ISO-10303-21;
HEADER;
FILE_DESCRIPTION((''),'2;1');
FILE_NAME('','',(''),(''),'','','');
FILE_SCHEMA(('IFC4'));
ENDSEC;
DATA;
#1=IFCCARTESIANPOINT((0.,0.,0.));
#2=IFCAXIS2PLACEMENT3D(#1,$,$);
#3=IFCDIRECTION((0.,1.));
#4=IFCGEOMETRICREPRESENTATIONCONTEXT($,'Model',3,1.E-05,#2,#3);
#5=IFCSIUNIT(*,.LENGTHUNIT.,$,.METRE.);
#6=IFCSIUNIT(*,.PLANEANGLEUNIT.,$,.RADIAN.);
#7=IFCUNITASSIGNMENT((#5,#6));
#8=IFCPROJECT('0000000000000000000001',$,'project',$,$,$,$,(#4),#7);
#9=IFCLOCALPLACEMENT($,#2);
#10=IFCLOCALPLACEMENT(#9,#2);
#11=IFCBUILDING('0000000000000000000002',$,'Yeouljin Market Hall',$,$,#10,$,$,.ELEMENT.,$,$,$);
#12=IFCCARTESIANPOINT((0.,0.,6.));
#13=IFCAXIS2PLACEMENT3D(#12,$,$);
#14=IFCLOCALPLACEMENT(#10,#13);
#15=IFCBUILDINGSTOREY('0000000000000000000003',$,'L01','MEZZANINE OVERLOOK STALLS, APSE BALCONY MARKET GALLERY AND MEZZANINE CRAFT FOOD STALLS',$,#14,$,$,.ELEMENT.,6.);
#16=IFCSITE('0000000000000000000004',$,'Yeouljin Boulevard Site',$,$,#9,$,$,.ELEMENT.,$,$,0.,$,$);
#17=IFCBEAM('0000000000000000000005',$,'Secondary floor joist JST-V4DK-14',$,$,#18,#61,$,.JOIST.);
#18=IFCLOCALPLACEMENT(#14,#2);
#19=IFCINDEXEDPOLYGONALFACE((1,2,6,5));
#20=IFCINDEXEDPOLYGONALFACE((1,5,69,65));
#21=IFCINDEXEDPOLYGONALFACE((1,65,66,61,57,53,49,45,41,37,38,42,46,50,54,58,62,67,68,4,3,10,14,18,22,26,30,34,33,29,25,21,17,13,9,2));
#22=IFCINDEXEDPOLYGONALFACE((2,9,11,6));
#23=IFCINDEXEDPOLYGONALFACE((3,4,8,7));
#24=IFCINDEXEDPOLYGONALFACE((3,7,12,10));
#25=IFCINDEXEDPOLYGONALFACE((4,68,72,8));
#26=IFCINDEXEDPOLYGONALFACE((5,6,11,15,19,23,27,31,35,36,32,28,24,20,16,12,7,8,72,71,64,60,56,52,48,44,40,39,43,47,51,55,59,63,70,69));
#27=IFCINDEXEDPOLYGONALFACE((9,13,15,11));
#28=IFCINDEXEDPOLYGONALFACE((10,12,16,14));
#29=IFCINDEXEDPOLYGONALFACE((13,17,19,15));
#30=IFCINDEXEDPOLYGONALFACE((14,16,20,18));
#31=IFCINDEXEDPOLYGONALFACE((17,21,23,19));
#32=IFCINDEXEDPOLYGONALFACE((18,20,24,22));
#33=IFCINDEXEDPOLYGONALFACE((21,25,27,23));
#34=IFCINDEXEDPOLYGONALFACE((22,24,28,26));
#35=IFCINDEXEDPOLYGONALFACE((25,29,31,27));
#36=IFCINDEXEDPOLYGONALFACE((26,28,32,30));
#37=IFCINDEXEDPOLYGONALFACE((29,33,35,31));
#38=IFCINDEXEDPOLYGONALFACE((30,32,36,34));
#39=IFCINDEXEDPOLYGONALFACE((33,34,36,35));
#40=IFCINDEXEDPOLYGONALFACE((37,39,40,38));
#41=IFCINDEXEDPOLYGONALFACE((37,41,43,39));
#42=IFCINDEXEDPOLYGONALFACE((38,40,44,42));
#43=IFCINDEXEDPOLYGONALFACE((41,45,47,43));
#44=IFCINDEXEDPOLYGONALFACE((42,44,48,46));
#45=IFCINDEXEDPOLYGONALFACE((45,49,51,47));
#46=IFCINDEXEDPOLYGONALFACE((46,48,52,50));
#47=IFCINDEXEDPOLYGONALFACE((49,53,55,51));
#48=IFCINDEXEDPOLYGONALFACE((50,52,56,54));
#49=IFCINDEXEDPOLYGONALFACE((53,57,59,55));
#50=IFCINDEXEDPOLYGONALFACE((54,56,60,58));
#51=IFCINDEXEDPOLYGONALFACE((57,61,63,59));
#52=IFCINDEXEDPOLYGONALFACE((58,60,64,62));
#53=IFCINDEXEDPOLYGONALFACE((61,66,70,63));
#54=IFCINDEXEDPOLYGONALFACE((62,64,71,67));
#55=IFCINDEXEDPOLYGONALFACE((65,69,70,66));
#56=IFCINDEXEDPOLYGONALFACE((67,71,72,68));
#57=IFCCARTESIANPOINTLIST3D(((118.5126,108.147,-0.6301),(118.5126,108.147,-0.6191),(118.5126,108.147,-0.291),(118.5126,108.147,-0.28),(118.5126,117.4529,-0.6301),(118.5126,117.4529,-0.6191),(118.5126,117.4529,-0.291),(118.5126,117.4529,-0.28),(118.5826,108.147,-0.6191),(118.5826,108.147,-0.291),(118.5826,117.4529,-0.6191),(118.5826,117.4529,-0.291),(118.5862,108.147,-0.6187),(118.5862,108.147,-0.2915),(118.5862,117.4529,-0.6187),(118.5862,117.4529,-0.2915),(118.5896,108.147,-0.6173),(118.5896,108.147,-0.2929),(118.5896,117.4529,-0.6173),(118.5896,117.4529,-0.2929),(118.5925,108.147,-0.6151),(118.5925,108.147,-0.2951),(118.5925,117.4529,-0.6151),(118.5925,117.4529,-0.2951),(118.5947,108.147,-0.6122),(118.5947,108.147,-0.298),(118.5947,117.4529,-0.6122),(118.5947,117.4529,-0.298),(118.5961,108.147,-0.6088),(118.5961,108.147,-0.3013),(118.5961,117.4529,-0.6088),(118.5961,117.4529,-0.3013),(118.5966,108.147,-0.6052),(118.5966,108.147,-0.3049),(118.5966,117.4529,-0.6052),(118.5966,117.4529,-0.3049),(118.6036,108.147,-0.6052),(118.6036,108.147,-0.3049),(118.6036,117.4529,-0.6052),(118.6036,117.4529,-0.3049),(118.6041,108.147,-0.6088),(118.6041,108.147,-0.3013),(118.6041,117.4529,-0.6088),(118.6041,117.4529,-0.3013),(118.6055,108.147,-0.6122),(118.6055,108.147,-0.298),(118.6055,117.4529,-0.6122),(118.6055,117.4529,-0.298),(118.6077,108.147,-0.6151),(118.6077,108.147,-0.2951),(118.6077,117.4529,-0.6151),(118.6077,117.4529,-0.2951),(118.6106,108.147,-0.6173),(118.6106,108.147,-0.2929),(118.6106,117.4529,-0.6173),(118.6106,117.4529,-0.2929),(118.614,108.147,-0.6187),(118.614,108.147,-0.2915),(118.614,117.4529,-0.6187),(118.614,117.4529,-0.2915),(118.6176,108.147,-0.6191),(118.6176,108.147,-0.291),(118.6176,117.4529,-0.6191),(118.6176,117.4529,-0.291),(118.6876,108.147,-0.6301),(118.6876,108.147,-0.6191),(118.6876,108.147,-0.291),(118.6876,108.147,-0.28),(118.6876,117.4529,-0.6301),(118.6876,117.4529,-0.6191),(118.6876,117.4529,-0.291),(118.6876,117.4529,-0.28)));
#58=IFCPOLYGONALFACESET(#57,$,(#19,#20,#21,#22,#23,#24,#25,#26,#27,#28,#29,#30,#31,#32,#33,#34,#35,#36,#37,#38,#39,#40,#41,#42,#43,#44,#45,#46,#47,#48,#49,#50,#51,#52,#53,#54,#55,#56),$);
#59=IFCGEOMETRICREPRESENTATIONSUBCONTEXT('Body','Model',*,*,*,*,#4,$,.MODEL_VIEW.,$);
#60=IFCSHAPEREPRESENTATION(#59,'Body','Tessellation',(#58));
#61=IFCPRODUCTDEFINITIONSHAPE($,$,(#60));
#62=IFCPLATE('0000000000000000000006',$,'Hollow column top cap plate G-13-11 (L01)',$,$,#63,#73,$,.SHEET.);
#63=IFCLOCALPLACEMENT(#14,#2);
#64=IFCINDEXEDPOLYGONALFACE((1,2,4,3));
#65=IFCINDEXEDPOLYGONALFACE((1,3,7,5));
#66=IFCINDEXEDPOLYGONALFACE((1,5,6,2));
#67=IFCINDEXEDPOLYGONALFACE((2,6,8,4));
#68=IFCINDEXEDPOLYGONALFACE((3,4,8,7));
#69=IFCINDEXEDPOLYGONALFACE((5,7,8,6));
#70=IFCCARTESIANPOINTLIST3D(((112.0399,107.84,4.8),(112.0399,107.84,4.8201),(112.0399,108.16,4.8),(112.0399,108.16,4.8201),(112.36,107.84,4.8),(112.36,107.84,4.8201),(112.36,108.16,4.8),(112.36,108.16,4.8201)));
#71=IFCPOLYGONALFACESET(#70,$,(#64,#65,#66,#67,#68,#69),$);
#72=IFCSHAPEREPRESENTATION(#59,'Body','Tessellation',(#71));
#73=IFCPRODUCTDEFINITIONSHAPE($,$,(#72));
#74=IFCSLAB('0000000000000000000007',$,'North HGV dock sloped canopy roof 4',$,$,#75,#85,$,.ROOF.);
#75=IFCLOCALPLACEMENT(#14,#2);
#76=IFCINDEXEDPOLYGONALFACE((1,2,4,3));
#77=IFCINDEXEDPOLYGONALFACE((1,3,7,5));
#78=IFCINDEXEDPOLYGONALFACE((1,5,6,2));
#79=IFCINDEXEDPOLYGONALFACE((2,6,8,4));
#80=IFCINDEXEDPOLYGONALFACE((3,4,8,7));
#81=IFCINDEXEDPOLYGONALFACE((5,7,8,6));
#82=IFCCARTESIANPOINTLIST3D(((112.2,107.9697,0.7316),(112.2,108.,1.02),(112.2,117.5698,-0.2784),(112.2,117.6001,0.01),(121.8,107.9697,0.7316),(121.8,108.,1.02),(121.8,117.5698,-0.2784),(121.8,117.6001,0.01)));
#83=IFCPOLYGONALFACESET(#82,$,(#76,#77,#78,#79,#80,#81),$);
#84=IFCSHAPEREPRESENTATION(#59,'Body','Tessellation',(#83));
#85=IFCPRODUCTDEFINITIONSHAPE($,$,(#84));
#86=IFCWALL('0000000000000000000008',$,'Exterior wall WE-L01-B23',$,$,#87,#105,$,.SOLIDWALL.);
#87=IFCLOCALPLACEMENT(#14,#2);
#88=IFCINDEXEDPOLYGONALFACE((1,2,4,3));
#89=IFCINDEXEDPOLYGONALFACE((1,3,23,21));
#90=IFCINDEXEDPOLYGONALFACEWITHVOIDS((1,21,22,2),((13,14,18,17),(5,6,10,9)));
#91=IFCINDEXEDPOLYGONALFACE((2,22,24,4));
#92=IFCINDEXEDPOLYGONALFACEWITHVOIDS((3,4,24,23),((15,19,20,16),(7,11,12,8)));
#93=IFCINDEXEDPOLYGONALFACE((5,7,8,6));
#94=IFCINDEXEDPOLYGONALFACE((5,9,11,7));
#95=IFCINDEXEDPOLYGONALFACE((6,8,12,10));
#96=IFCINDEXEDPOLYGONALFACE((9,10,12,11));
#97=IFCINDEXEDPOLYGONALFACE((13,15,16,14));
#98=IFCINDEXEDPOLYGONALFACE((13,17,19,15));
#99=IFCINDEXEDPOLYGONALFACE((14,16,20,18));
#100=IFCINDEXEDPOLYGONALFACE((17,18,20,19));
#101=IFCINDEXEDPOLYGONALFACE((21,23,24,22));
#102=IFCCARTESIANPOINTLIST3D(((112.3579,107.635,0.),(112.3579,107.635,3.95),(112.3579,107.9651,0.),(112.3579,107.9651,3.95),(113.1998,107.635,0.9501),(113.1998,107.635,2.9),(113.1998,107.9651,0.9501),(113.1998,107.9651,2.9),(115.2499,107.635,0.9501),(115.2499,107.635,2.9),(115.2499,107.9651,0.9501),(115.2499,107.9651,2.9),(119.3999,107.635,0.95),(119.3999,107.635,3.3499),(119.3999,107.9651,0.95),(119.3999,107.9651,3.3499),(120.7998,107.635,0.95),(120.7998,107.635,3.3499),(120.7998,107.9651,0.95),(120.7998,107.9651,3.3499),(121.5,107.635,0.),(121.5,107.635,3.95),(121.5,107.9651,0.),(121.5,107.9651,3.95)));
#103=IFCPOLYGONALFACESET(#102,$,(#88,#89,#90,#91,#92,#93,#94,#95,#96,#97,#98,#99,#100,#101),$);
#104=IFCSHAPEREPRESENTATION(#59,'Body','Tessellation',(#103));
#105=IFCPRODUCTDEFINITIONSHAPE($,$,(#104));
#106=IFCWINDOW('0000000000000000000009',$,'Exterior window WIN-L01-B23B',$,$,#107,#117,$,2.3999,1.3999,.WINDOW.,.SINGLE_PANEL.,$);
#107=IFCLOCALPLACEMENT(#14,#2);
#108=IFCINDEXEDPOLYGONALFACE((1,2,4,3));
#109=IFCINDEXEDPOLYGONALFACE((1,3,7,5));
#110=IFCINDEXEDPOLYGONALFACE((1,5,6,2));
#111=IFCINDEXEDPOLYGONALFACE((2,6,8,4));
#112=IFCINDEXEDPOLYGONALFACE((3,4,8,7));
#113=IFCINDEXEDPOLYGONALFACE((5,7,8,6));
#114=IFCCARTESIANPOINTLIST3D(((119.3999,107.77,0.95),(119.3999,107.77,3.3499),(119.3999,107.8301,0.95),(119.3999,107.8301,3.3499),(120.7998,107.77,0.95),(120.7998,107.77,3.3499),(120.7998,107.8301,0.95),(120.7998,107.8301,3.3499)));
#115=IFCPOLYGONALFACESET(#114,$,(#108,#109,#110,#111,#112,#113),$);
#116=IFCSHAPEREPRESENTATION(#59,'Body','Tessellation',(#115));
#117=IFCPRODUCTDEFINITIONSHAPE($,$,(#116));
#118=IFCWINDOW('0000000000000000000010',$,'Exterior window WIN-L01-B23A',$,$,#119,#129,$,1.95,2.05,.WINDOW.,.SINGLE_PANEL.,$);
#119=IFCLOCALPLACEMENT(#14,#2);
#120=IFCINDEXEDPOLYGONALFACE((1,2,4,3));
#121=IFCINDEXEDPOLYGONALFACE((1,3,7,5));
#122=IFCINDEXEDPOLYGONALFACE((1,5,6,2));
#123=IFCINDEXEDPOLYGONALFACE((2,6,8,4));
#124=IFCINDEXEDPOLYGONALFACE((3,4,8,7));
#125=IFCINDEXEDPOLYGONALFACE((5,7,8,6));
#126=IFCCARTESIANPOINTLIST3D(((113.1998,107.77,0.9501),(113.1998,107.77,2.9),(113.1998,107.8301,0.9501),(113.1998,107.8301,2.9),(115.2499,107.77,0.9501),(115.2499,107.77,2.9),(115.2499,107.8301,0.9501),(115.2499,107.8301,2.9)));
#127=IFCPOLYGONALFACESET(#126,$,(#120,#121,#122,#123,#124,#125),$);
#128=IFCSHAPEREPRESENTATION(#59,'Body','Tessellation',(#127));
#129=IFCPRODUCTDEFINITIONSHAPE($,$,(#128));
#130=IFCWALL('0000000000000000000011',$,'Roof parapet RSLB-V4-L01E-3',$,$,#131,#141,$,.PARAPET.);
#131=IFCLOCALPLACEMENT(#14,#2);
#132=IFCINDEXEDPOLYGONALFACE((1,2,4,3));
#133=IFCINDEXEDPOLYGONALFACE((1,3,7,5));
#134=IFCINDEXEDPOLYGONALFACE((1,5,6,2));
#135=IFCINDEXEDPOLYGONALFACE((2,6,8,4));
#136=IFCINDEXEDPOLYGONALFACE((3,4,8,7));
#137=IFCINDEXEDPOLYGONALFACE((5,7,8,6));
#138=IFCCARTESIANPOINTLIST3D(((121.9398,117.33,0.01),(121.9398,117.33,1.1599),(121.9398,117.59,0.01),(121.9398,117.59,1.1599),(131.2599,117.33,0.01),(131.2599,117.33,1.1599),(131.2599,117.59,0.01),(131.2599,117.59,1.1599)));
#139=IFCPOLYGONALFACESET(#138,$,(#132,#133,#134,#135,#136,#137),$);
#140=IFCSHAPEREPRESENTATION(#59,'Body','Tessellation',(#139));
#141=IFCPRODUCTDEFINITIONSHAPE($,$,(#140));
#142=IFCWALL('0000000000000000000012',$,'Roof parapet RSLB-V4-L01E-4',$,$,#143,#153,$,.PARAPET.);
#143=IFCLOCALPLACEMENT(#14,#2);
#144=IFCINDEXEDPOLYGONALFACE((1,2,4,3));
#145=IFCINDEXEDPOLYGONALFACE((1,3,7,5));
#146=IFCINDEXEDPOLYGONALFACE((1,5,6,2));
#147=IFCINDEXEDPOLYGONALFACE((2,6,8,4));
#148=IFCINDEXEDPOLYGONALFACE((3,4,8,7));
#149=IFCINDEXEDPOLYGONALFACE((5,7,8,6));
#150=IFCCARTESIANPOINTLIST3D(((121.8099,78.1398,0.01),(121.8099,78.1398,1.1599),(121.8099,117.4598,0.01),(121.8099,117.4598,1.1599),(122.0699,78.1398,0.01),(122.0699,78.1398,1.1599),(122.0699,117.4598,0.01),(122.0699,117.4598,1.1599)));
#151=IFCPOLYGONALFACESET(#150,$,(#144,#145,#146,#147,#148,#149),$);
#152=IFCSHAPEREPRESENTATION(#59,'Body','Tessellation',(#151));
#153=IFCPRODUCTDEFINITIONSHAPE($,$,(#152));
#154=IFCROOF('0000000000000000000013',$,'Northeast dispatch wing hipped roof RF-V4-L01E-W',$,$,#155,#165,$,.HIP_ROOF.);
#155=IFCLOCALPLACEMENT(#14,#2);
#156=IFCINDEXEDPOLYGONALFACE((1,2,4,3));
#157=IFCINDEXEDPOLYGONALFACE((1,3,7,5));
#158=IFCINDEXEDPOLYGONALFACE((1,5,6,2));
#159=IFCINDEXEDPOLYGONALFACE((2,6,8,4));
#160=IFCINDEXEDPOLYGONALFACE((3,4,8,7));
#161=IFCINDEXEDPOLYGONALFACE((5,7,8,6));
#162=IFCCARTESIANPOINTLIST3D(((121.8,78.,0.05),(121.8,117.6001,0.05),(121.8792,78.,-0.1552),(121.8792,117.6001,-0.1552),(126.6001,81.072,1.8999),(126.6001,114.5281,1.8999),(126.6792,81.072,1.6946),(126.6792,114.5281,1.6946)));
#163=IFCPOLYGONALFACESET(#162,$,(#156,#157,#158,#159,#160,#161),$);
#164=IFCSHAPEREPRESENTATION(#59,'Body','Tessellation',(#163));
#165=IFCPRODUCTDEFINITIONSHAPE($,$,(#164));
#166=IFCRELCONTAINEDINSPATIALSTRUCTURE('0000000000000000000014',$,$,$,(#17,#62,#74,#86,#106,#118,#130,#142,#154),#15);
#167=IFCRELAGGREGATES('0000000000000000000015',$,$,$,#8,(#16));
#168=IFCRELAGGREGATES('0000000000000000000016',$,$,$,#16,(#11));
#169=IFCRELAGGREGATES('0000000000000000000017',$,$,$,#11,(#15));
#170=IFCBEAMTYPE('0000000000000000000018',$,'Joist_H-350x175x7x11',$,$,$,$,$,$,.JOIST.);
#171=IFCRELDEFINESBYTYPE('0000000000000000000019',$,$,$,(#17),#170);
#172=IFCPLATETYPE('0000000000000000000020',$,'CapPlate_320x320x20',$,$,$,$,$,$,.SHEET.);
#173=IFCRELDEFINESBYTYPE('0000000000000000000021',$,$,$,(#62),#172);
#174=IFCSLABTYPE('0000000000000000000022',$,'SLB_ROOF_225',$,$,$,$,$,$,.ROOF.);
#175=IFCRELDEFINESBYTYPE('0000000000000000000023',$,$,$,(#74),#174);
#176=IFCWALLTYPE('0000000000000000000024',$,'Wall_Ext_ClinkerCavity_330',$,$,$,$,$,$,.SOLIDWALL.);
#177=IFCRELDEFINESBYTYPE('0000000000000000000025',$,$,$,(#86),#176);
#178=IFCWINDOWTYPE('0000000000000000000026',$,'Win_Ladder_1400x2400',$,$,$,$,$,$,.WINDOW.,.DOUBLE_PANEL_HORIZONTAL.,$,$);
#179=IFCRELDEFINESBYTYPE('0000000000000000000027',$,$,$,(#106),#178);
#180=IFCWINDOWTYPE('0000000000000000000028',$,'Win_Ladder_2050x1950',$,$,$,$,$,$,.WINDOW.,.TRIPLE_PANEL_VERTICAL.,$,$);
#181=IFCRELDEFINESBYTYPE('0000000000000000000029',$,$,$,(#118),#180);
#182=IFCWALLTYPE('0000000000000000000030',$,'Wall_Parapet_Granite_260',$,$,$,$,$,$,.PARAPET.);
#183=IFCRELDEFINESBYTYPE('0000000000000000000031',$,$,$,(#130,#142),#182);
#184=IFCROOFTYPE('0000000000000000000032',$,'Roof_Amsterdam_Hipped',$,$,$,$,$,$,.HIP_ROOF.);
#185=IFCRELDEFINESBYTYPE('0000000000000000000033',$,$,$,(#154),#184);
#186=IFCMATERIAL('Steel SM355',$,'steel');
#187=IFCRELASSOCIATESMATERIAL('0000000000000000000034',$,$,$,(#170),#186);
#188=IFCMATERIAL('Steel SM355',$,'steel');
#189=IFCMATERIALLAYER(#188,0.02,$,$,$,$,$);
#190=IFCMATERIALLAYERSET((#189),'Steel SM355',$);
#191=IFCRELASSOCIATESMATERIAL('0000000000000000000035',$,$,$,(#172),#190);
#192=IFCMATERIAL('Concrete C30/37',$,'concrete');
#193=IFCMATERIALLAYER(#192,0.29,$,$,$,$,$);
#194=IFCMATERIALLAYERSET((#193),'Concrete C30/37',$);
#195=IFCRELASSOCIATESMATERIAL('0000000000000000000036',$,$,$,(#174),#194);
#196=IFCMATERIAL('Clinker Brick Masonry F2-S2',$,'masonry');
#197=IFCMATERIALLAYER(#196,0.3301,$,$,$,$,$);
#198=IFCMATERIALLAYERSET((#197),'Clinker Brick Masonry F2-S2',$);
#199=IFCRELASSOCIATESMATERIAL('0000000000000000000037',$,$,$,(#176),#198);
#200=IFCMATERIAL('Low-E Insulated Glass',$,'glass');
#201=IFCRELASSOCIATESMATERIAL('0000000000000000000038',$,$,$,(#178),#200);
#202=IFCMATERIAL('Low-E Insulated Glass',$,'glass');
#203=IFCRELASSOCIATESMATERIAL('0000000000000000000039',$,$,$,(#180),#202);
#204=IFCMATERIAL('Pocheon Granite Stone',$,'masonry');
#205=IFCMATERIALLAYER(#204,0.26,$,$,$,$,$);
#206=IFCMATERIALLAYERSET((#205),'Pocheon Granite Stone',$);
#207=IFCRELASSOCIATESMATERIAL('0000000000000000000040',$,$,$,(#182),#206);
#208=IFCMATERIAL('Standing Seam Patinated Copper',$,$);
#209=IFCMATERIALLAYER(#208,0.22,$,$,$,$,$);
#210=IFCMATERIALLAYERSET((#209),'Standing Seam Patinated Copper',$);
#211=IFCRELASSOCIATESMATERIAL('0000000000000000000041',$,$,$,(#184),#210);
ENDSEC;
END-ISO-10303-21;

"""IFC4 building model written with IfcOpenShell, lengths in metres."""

from ifc_helpers import new_model, si_unit, direction, frame, frame_2d, origin, origin_2d, place, context, subcontext, project, spatial, polyline, rectangle, i_section, outline, extrude, material, layer, layer_set, material_profile, profile_set, type_object, element, fill, save


model = new_model("IFC4")

# Units and contexts
model_context = context("Model", 3, precision=1e-05, world=origin(), true_north=direction((0.0, 1.0)))
body_context = subcontext(model_context, "Body", "Model", "MODEL_VIEW")
ifc_project = project(units=[si_unit("LENGTHUNIT", "METRE"), si_unit("PLANEANGLEUNIT", "RADIAN")], contexts=[model_context])

# Site, building, storey
site_placement = place(None, origin())
site = spatial("IfcSite", under=ifc_project, at=site_placement, Name="Yeouljin Boulevard Site", CompositionType="ELEMENT", RefElevation=0.0)
building_placement = place(site_placement, origin())
building = spatial("IfcBuilding", under=site, at=building_placement, Name="Yeouljin Market Hall", CompositionType="ELEMENT")
storey_placement = place(building_placement, frame((0.0, 0.0, 6.0)))
storey = spatial("IfcBuildingStorey", under=building, at=storey_placement, Name="L01", Description="MEZZANINE OVERLOOK STALLS, APSE BALCONY MARKET GALLERY AND MEZZANINE CRAFT FOOD STALLS", CompositionType="ELEMENT", Elevation=6.0)

# Beam
ifc_material_1 = material(Name="Steel SM355", Category="steel")
ifc_material_profile_1 = material_profile(ifc_material_1, i_section(OverallWidth=0.175, OverallDepth=0.3501, WebThickness=0.0071, FlangeThickness=0.011, FilletRadius=0.0139, at=origin_2d()), Name="H-350x175x7x11")
ifc_profile_set_1 = profile_set([ifc_material_profile_1], Name="Steel SM355")
beam_type_1 = type_object("IfcBeamType", Name="Joist_H-350x175x7x11", PredefinedType="JOIST", material=ifc_profile_set_1)
for number, where, z_axis, x_axis, name in (
    (1, (118.6001, 108.147, -0.4551), (0.0, 1.0, 0.0), (-1.0, 0.0, 0.0), "Secondary floor joist JST-V4DK-14"),
):
    element("IfcBeam", number, at=place(storey_placement, frame(where, z_axis=z_axis, x_axis=x_axis)), inside=storey, type_object=beam_type_1, Name=name, PredefinedType="JOIST", context=body_context, shape_type="SweptSolid", body=[
        extrude(i_section(OverallWidth=0.175, OverallDepth=0.3501, WebThickness=0.0071, FlangeThickness=0.011, FilletRadius=0.0139, at=origin_2d()), origin(), (0.0, 0.0, 1.0), 9.3059),
    ])

# Plate
ifc_material_2 = material(Name="Steel SM355", Category="steel")
ifc_layer_1 = layer(ifc_material_2, 0.02)
ifc_layer_set_1 = layer_set([ifc_layer_1], Name="Steel SM355")
plate_type = type_object("IfcPlateType", Name="CapPlate_320x320x20", PredefinedType="SHEET", material=ifc_layer_set_1)
plate_placement = place(storey_placement, frame((112.2, 108.0, 4.8), z_axis=(0.0, 0.0, 1.0), x_axis=(1.0, 0.0, 0.0)))
element("IfcPlate", 2, at=plate_placement, inside=storey, type_object=plate_type, Name="Hollow column top cap plate G-13-11 (L01)", PredefinedType="SHEET", context=body_context, shape_type="SweptSolid", body=[
    extrude(rectangle(XDim=0.3201, YDim=0.3201, at=origin_2d()), origin(), (0.0, 0.0, 1.0), 0.02),
])

# Slab
ifc_material_3 = material(Name="Concrete C30/37", Category="concrete")
ifc_layer_2 = layer(ifc_material_3, 0.29)
ifc_layer_set_2 = layer_set([ifc_layer_2], Name="Concrete C30/37")
slab_type = type_object("IfcSlabType", Name="SLB_ROOF_225", PredefinedType="ROOF", material=ifc_layer_set_2)
slab_placement = place(storey_placement, frame((112.2, 108.0, 1.02), z_axis=(0.0, 0.104631, 0.994511), x_axis=(0.0, 0.994511, -0.104631)))
element("IfcSlab", 3, at=slab_placement, inside=storey, type_object=slab_type, Name="North HGV dock sloped canopy roof 4", PredefinedType="ROOF", context=body_context, shape_type="SweptSolid", body=[
    extrude(outline(polyline([(0.0, 0.0), (9.6531, 0.0), (9.6531, -9.6001), (0.0, -9.6001), (0.0, 0.0)])), origin(), (0.0, 0.0, -1.0), 0.29),
])

# Wall, openings, windows
ifc_material_4 = material(Name="Clinker Brick Masonry F2-S2", Category="masonry")
ifc_layer_3 = layer(ifc_material_4, 0.3301)
ifc_layer_set_3 = layer_set([ifc_layer_3], Name="Clinker Brick Masonry F2-S2")
wall_type_1 = type_object("IfcWallType", Name="Wall_Ext_ClinkerCavity_330", PredefinedType="SOLIDWALL", material=ifc_layer_set_3)
wall_1_placement = place(storey_placement, frame((112.3579, 107.8, 0.0), z_axis=(0.0, 0.0, 1.0), x_axis=(1.0, 0.0, 0.0)))
wall_1 = element("IfcWall", 4, at=wall_1_placement, inside=storey, type_object=wall_type_1, Name="Exterior wall WE-L01-B23", PredefinedType="SOLIDWALL", context=body_context, shape_type="SweptSolid", body=[
    extrude(rectangle(XDim=9.1421, YDim=0.3301, at=frame_2d((4.571, 0.0))), origin(), (0.0, 0.0, 1.0), 3.95),
])
opening_1_placement = place(wall_1_placement, frame((0.842, 0.0, 0.95)))
opening_1 = element("IfcOpeningElement", 5, at=opening_1_placement, cuts=wall_1, PredefinedType="OPENING", context=body_context, shape_type="SweptSolid", body=[
    extrude(rectangle(XDim=2.05, YDim=1.95, at=frame_2d((1.0249, 0.9751))), frame((0.0, 0.175, 0.0), z_axis=(0.0, -1.0, 0.0), x_axis=(1.0, 0.0, 0.0)), (0.0, 0.0, 1.0), 0.3501),
])
opening_2_placement = place(wall_1_placement, frame((7.042, 0.0, 0.95)))
opening_2 = element("IfcOpeningElement", 6, at=opening_2_placement, cuts=wall_1, PredefinedType="OPENING", context=body_context, shape_type="SweptSolid", body=[
    extrude(rectangle(XDim=1.3999, YDim=2.3999, at=frame_2d((0.7, 1.2))), frame((0.0, 0.175, 0.0), z_axis=(0.0, -1.0, 0.0), x_axis=(1.0, 0.0, 0.0)), (0.0, 0.0, 1.0), 0.3501),
])
ifc_material_5 = material(Name="Low-E Insulated Glass", Category="glass")
window_type_1 = type_object("IfcWindowType", Name="Win_Ladder_1400x2400", PartitioningType="DOUBLE_PANEL_HORIZONTAL", PredefinedType="WINDOW", material=ifc_material_5)
window_1_placement = place(opening_2_placement, origin())
window_1 = element("IfcWindow", 7, at=window_1_placement, inside=storey, type_object=window_type_1, Name="Exterior window WIN-L01-B23B", OverallHeight=2.3999, OverallWidth=1.3999, PartitioningType="SINGLE_PANEL", PredefinedType="WINDOW", context=body_context, shape_type="SweptSolid", body=[
    extrude(rectangle(XDim=1.3999, YDim=2.3999, at=frame_2d((0.7, 1.2))), frame((0.0, 0.03, 0.0), z_axis=(0.0, -1.0, 0.0), x_axis=(1.0, 0.0, 0.0)), (0.0, 0.0, 1.0), 0.0601),
])
fill(opening_2, window_1)
ifc_material_6 = material(Name="Low-E Insulated Glass", Category="glass")
window_type_2 = type_object("IfcWindowType", Name="Win_Ladder_2050x1950", PartitioningType="TRIPLE_PANEL_VERTICAL", PredefinedType="WINDOW", material=ifc_material_6)
window_2_placement = place(opening_1_placement, origin())
window_2 = element("IfcWindow", 8, at=window_2_placement, inside=storey, type_object=window_type_2, Name="Exterior window WIN-L01-B23A", OverallHeight=1.95, OverallWidth=2.05, PartitioningType="SINGLE_PANEL", PredefinedType="WINDOW", context=body_context, shape_type="SweptSolid", body=[
    extrude(rectangle(XDim=2.05, YDim=1.95, at=frame_2d((1.0249, 0.9751))), frame((0.0, 0.03, 0.0), z_axis=(0.0, -1.0, 0.0), x_axis=(1.0, 0.0, 0.0)), (0.0, 0.0, 1.0), 0.0601),
])
fill(opening_1, window_2)

# Walls
ifc_material_7 = material(Name="Pocheon Granite Stone", Category="masonry")
ifc_layer_4 = layer(ifc_material_7, 0.26)
ifc_layer_set_4 = layer_set([ifc_layer_4], Name="Pocheon Granite Stone")
wall_type_2 = type_object("IfcWallType", Name="Wall_Parapet_Granite_260", PredefinedType="PARAPET", material=ifc_layer_set_4)
wall_2_placement = place(storey_placement, frame((131.26, 117.46, 0.01), z_axis=(0.0, 0.0, 1.0), x_axis=(-1.0, 0.0, 0.0)))
element("IfcWall", 9, at=wall_2_placement, inside=storey, type_object=wall_type_2, Name="Roof parapet RSLB-V4-L01E-3", PredefinedType="PARAPET", context=body_context, shape_type="SweptSolid", body=[
    extrude(rectangle(XDim=9.3201, YDim=0.26, at=frame_2d((4.6602, 0.0))), origin(), (0.0, 0.0, 1.0), 1.1499),
])
wall_3_placement = place(storey_placement, frame((121.9399, 117.46, 0.01), z_axis=(0.0, 0.0, 1.0), x_axis=(0.0, -1.0, 0.0)))
element("IfcWall", 10, at=wall_3_placement, inside=storey, type_object=wall_type_2, Name="Roof parapet RSLB-V4-L01E-4", PredefinedType="PARAPET", context=body_context, shape_type="SweptSolid", body=[
    extrude(rectangle(XDim=39.3201, YDim=0.26, at=frame_2d((19.6602, 0.0))), origin(), (0.0, 0.0, 1.0), 1.1499),
])

# Roof
ifc_material_8 = material(Name="Standing Seam Patinated Copper")
ifc_layer_5 = layer(ifc_material_8, 0.22)
ifc_layer_set_5 = layer_set([ifc_layer_5], Name="Standing Seam Patinated Copper")
roof_type_1 = type_object("IfcRoofType", Name="Roof_Amsterdam_Hipped", PredefinedType="HIP_ROOF", material=ifc_layer_set_5)
roof_1_placement = place(storey_placement, frame((121.8, 117.6001, 0.05), z_axis=(-0.359602, 0.0, 0.933106), x_axis=(0.0, -1.0, 0.0)))
element("IfcRoof", 11, at=roof_1_placement, inside=storey, type_object=roof_type_1, Name="Northeast dispatch wing hipped roof RF-V4-L01E-W", PredefinedType="HIP_ROOF", context=body_context, shape_type="SweptSolid", body=[
    extrude(outline(polyline([(0.0, 0.0), (39.6001, 0.0), (36.5281, 5.1442), (3.072, 5.1442), (0.0, 0.0)])), origin(), (0.0, 0.0, -1.0), 0.22),
])

save(model, "model.ifc")
